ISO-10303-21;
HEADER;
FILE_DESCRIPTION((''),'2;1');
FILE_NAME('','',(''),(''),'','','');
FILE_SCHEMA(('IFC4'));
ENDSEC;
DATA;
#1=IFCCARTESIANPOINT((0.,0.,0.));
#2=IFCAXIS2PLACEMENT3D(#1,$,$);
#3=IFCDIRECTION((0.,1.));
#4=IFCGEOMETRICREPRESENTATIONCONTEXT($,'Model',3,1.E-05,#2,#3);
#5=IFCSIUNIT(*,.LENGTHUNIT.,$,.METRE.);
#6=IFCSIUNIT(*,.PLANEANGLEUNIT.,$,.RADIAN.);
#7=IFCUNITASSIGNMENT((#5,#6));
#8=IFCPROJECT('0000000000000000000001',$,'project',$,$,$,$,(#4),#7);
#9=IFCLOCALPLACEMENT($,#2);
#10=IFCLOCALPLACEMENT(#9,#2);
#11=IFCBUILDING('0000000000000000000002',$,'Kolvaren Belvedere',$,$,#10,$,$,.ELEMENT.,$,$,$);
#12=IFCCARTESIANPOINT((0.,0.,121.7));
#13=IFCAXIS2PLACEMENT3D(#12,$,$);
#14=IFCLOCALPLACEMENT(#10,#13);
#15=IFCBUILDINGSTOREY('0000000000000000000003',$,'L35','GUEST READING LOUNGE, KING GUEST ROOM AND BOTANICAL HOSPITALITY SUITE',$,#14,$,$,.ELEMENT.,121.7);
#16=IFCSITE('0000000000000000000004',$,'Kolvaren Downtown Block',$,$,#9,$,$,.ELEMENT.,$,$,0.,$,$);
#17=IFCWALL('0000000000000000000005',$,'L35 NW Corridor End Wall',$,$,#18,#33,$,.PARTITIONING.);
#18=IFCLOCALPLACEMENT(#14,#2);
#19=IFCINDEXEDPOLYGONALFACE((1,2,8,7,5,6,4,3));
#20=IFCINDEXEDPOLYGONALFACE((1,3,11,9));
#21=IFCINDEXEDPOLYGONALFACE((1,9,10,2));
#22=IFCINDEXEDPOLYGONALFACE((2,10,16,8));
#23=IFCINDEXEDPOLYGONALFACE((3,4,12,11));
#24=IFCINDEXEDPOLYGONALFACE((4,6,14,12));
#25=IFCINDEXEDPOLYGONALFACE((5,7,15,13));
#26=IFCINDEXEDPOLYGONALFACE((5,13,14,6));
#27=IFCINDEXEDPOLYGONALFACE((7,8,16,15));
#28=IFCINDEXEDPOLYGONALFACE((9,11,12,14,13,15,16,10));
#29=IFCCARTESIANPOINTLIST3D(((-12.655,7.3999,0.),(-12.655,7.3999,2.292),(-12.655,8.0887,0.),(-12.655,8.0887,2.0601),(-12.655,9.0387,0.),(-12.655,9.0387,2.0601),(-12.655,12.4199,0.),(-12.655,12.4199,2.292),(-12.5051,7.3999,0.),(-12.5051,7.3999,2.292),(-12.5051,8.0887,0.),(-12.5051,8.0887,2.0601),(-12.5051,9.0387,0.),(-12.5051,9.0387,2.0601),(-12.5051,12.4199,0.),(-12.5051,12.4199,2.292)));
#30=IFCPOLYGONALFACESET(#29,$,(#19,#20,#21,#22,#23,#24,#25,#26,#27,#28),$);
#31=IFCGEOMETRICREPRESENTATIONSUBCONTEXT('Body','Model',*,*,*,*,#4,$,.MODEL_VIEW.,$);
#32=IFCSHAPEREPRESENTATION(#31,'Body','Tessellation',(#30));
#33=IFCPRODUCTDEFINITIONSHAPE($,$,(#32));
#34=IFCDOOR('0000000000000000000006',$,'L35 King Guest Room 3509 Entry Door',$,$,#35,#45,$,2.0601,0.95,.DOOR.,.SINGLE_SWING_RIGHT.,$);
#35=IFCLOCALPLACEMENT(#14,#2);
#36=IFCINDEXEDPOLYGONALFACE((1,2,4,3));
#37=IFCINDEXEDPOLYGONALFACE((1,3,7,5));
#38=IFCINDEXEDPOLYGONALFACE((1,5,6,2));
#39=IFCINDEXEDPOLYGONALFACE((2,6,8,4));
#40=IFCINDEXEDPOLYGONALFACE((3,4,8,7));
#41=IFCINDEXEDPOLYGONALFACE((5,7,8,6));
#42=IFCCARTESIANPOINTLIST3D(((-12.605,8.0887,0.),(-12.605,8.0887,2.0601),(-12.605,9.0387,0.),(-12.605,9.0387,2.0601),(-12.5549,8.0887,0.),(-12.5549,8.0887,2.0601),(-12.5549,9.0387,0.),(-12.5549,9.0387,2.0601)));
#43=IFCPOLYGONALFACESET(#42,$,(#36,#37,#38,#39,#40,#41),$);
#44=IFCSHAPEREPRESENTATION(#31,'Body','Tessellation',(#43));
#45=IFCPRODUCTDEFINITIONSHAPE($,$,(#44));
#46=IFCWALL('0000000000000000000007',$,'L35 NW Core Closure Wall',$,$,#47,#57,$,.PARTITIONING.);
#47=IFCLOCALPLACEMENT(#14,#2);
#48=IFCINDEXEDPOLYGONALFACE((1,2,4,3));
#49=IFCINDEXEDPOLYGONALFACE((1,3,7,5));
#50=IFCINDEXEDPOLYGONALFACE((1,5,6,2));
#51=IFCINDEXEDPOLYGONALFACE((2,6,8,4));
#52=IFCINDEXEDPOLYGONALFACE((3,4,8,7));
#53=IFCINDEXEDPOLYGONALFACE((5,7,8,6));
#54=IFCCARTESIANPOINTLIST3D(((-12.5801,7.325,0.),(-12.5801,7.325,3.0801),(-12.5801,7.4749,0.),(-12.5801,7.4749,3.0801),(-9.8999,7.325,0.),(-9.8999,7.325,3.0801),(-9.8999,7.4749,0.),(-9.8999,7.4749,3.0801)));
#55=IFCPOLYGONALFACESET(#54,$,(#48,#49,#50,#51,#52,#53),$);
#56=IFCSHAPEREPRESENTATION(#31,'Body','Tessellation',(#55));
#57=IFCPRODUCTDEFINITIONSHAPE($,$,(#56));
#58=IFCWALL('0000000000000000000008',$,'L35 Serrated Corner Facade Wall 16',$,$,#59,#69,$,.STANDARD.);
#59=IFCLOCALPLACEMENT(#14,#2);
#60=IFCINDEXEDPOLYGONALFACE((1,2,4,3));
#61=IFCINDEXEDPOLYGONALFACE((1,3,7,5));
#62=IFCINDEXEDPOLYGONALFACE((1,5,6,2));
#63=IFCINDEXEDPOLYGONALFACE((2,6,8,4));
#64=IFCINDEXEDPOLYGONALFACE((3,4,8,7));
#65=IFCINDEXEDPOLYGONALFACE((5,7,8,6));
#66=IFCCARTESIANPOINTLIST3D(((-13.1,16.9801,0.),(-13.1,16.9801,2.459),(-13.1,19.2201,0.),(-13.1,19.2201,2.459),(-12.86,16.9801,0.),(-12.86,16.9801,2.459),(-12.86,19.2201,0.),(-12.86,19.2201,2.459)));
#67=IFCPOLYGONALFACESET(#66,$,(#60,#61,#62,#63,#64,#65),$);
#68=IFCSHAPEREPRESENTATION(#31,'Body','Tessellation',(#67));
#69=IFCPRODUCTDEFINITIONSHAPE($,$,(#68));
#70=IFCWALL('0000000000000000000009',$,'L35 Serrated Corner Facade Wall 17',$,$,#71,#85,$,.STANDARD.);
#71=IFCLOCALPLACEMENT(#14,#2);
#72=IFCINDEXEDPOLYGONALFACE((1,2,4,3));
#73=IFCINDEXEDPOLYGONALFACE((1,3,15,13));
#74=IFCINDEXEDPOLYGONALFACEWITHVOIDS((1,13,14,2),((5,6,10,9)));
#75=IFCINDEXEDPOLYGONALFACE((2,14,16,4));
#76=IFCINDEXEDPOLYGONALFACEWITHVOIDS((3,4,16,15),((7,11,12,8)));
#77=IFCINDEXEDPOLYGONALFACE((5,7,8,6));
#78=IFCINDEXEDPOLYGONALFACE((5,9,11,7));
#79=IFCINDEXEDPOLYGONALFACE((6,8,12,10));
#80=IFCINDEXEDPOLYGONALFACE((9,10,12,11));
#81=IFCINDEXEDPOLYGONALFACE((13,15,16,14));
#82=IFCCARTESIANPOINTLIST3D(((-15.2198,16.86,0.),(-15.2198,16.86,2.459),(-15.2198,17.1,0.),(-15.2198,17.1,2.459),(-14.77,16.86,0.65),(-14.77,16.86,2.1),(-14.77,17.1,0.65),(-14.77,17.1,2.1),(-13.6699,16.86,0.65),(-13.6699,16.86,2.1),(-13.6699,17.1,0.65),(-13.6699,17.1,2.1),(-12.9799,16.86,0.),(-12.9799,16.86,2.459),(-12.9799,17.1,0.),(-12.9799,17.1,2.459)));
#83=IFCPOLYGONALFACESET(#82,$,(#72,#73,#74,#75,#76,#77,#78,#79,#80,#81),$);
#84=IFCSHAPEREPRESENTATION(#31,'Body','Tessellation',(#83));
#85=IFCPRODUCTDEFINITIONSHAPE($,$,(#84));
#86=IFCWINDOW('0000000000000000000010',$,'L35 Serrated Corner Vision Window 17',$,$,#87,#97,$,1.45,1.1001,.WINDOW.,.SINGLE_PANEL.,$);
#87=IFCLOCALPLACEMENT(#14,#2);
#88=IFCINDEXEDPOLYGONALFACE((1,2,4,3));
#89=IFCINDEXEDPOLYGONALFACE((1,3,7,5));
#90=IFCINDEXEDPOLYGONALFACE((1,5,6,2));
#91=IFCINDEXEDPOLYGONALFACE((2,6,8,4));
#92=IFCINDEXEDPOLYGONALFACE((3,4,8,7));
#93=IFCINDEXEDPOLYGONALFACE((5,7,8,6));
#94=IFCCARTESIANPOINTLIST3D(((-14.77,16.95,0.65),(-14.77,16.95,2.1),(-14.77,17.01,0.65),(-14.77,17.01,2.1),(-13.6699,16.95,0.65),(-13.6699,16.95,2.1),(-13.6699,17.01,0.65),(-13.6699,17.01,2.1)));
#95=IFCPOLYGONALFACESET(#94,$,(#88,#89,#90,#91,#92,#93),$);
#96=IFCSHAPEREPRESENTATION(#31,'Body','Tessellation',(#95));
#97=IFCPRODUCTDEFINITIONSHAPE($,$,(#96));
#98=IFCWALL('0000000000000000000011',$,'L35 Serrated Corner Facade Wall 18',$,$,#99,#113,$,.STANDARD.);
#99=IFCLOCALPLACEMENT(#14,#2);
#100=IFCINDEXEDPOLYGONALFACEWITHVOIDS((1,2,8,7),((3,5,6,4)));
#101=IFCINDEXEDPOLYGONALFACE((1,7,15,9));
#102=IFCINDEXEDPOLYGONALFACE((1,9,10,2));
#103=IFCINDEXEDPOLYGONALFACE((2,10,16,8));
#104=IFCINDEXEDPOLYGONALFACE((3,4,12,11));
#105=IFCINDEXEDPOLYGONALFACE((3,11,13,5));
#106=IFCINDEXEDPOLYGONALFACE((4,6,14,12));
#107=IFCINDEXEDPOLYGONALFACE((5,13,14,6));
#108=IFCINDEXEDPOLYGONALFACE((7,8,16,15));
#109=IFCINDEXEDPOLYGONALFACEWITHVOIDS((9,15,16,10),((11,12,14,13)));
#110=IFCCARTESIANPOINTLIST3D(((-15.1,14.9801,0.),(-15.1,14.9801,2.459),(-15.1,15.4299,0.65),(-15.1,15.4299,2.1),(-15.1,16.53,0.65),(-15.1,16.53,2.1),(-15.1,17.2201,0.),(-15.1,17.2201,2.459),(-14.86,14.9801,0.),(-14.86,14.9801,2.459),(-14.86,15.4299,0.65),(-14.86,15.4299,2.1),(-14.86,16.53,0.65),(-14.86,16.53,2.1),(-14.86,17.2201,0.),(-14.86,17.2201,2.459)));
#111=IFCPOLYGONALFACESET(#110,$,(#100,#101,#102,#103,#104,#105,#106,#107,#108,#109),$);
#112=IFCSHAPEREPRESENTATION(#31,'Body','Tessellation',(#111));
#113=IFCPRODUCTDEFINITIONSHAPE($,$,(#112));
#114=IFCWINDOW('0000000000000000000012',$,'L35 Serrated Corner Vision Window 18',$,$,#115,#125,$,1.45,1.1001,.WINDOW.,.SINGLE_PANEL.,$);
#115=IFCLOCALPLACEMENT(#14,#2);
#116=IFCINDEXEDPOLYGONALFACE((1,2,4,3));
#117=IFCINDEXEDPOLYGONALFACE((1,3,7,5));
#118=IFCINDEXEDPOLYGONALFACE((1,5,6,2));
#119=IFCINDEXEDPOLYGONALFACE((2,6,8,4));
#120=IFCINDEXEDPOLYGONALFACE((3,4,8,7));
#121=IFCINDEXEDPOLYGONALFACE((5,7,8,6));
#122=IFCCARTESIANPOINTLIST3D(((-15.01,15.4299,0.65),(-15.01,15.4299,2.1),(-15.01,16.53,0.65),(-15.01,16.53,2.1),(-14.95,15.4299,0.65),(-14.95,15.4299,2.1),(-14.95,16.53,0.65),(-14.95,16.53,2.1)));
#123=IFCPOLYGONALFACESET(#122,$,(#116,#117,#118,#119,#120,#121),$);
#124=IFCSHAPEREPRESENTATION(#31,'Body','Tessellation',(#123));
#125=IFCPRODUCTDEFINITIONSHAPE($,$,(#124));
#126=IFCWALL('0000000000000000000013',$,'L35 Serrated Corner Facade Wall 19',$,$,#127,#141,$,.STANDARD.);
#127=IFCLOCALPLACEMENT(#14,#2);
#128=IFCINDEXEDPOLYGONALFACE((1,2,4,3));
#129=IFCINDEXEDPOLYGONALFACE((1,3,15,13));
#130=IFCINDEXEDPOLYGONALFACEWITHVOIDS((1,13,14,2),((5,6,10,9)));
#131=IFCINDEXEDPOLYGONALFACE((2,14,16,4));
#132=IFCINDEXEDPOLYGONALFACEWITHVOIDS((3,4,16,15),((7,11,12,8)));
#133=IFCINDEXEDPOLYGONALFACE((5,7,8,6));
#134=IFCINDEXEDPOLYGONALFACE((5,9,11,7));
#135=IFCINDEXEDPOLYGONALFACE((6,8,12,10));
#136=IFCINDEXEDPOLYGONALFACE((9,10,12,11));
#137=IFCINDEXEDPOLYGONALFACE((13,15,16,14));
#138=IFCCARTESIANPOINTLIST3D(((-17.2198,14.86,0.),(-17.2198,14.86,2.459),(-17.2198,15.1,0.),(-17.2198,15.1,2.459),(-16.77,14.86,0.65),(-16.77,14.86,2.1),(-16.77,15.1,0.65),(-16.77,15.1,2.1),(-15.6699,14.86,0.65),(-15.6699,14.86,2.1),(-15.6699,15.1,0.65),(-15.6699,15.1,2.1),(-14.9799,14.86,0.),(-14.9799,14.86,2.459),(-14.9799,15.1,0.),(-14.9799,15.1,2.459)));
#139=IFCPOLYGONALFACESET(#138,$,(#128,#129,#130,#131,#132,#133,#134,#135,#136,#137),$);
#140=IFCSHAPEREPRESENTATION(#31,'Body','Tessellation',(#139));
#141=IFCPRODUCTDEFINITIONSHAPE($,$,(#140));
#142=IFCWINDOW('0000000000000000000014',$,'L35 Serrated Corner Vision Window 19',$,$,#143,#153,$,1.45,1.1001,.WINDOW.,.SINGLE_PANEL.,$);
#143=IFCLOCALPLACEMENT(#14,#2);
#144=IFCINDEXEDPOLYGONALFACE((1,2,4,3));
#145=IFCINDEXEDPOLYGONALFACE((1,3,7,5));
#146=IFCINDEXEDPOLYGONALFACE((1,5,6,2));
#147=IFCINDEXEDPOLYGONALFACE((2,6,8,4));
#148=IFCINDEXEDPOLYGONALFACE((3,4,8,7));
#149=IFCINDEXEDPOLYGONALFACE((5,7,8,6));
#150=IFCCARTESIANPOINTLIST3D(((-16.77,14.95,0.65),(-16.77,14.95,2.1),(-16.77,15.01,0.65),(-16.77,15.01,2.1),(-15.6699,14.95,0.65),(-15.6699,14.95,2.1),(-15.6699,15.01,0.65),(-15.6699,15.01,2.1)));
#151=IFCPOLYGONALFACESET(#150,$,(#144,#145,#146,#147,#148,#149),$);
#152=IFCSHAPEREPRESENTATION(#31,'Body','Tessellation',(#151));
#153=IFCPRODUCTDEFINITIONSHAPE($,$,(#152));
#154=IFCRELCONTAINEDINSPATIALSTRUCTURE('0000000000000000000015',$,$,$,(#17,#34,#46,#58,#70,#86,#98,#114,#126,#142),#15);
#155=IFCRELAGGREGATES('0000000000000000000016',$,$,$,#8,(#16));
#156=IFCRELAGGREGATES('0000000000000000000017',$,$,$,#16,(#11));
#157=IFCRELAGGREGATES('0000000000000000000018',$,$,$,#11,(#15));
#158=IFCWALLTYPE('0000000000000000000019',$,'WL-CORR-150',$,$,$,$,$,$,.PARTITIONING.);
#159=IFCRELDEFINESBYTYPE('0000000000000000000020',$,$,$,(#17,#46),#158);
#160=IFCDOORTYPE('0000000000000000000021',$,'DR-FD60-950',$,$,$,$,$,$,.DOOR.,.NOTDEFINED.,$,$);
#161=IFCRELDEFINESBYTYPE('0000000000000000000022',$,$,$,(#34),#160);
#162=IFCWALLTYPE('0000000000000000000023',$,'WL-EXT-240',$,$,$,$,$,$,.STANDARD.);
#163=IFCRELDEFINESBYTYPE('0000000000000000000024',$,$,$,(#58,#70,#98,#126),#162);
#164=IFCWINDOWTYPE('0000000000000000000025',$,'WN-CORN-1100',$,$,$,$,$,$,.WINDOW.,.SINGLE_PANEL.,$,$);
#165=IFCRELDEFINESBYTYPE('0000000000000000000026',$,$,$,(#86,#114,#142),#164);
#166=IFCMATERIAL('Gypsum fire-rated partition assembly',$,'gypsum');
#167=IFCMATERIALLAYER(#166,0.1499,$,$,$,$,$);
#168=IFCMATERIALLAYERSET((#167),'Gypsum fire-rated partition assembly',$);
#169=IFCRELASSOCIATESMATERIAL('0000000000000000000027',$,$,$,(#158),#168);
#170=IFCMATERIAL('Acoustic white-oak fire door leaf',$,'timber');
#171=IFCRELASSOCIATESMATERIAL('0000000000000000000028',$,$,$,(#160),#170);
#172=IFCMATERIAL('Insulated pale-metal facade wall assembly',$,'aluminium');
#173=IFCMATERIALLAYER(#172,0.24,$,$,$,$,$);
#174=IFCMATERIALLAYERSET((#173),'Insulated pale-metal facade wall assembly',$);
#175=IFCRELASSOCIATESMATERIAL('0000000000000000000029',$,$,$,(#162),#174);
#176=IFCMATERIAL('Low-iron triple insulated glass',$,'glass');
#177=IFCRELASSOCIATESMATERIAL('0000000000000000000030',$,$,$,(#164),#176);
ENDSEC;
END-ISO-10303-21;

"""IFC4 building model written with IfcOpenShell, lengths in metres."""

from ifc_helpers import new_model, si_unit, direction, frame, frame_2d, origin, place, context, subcontext, project, spatial, rectangle, extrude, material, layer, layer_set, type_object, element, fill, save


model = new_model("IFC4")

# Units and contexts
model_context = context("Model", 3, precision=1e-05, world=origin(), true_north=direction((0.0, 1.0)))
body_context = subcontext(model_context, "Body", "Model", "MODEL_VIEW")
ifc_project = project(units=[si_unit("LENGTHUNIT", "METRE"), si_unit("PLANEANGLEUNIT", "RADIAN")], contexts=[model_context])

# Site, building, storey
site_placement = place(None, origin())
site = spatial("IfcSite", under=ifc_project, at=site_placement, Name="Kolvaren Downtown Block", CompositionType="ELEMENT", RefElevation=0.0)
building_placement = place(site_placement, origin())
building = spatial("IfcBuilding", under=site, at=building_placement, Name="Kolvaren Belvedere", CompositionType="ELEMENT")
storey_placement = place(building_placement, frame((0.0, 0.0, 121.7)))
storey = spatial("IfcBuildingStorey", under=building, at=storey_placement, Name="L35", Description="GUEST READING LOUNGE, KING GUEST ROOM AND BOTANICAL HOSPITALITY SUITE", CompositionType="ELEMENT", Elevation=121.7)

# Wall, opening, door
ifc_material_1 = material(Name="Gypsum fire-rated partition assembly", Category="gypsum")
ifc_layer_1 = layer(ifc_material_1, 0.1499)
ifc_layer_set_1 = layer_set([ifc_layer_1], Name="Gypsum fire-rated partition assembly")
wall_type_1 = type_object("IfcWallType", Name="WL-CORR-150", PredefinedType="PARTITIONING", material=ifc_layer_set_1)
wall_1_placement = place(storey_placement, frame((-12.5801, 7.3999, 0.0), z_axis=(0.0, 0.0, 1.0), x_axis=(0.0, 1.0, 0.0)))
wall_1 = element("IfcWall", 1, at=wall_1_placement, inside=storey, type_object=wall_type_1, Name="L35 NW Corridor End Wall", PredefinedType="PARTITIONING", context=body_context, shape_type="SweptSolid", body=[
    extrude(rectangle(XDim=5.02, YDim=0.1499, at=frame_2d((2.51, 0.0))), origin(), (0.0, 0.0, 1.0), 2.292),
])
opening_1_placement = place(wall_1_placement, frame((0.6887, 0.0, 0.0)))
opening_1 = element("IfcOpeningElement", 2, at=opening_1_placement, cuts=wall_1, PredefinedType="OPENING", context=body_context, shape_type="SweptSolid", body=[
    extrude(rectangle(XDim=0.95, YDim=2.0601, at=frame_2d((0.4751, 1.03))), frame((0.0, 0.085, 0.0), z_axis=(0.0, -1.0, 0.0), x_axis=(1.0, 0.0, 0.0)), (0.0, 0.0, 1.0), 0.1699),
])
ifc_material_2 = material(Name="Acoustic white-oak fire door leaf", Category="timber")
door_type_1 = type_object("IfcDoorType", Name="DR-FD60-950", OperationType="NOTDEFINED", PredefinedType="DOOR", material=ifc_material_2)
door_1_placement = place(opening_1_placement, origin())
door_1 = element("IfcDoor", 3, at=door_1_placement, inside=storey, type_object=door_type_1, Name="L35 King Guest Room 3509 Entry Door", OperationType="SINGLE_SWING_RIGHT", OverallHeight=2.0601, OverallWidth=0.95, PredefinedType="DOOR", context=body_context, shape_type="SweptSolid", body=[
    extrude(rectangle(XDim=0.95, YDim=2.0601, at=frame_2d((0.4751, 1.03))), frame((0.0, 0.0249, 0.0), z_axis=(0.0, -1.0, 0.0), x_axis=(1.0, 0.0, 0.0)), (0.0, 0.0, 1.0), 0.05),
])
fill(opening_1, door_1)

# Walls
wall_2_placement = place(storey_placement, frame((-12.5801, 7.3999, 0.0), z_axis=(0.0, 0.0, 1.0), x_axis=(1.0, 0.0, 0.0)))
element("IfcWall", 4, at=wall_2_placement, inside=storey, type_object=wall_type_1, Name="L35 NW Core Closure Wall", PredefinedType="PARTITIONING", context=body_context, shape_type="SweptSolid", body=[
    extrude(rectangle(XDim=2.6802, YDim=0.1499, at=frame_2d((1.3401, 0.0))), origin(), (0.0, 0.0, 1.0), 3.0801),
])
ifc_material_3 = material(Name="Insulated pale-metal facade wall assembly", Category="aluminium")
ifc_layer_2 = layer(ifc_material_3, 0.24)
ifc_layer_set_2 = layer_set([ifc_layer_2], Name="Insulated pale-metal facade wall assembly")
wall_type_2 = type_object("IfcWallType", Name="WL-EXT-240", PredefinedType="STANDARD", material=ifc_layer_set_2)
wall_3_placement = place(storey_placement, frame((-12.98, 16.98, 0.0), z_axis=(0.0, 0.0, 1.0), x_axis=(0.0, 1.0, 0.0)))
element("IfcWall", 5, at=wall_3_placement, inside=storey, type_object=wall_type_2, Name="L35 Serrated Corner Facade Wall 16", PredefinedType="STANDARD", context=body_context, shape_type="SweptSolid", body=[
    extrude(rectangle(XDim=2.24, YDim=0.24, at=frame_2d((1.1201, 0.0))), origin(), (0.0, 0.0, 1.0), 2.459),
])

# Walls, openings, windows
wall_4_placement = place(storey_placement, frame((-15.22, 16.98, 0.0), z_axis=(0.0, 0.0, 1.0), x_axis=(1.0, 0.0, 0.0)))
wall_4 = element("IfcWall", 6, at=wall_4_placement, inside=storey, type_object=wall_type_2, Name="L35 Serrated Corner Facade Wall 17", PredefinedType="STANDARD", context=body_context, shape_type="SweptSolid", body=[
    extrude(rectangle(XDim=2.24, YDim=0.24, at=frame_2d((1.1201, 0.0))), origin(), (0.0, 0.0, 1.0), 2.459),
])
opening_2_placement = place(wall_4_placement, frame((0.45, 0.0, 0.6499)))
opening_2 = element("IfcOpeningElement", 7, at=opening_2_placement, cuts=wall_4, PredefinedType="OPENING", context=body_context, shape_type="SweptSolid", body=[
    extrude(rectangle(XDim=1.1001, YDim=1.45, at=frame_2d((0.55, 0.7251))), frame((0.0, 0.1299, 0.0), z_axis=(0.0, -1.0, 0.0), x_axis=(1.0, 0.0, 0.0)), (0.0, 0.0, 1.0), 0.26),
])
ifc_material_4 = material(Name="Low-iron triple insulated glass", Category="glass")
window_type = type_object("IfcWindowType", Name="WN-CORN-1100", PartitioningType="SINGLE_PANEL", PredefinedType="WINDOW", material=ifc_material_4)
window_1_placement = place(opening_2_placement, origin())
window_1 = element("IfcWindow", 8, at=window_1_placement, inside=storey, type_object=window_type, Name="L35 Serrated Corner Vision Window 17", OverallHeight=1.45, OverallWidth=1.1001, PartitioningType="SINGLE_PANEL", PredefinedType="WINDOW", context=body_context, shape_type="SweptSolid", body=[
    extrude(rectangle(XDim=1.1001, YDim=1.45, at=frame_2d((0.55, 0.7251))), frame((0.0, 0.03, 0.0), z_axis=(0.0, -1.0, 0.0), x_axis=(1.0, 0.0, 0.0)), (0.0, 0.0, 1.0), 0.0601),
])
fill(opening_2, window_1)
wall_5_placement = place(storey_placement, frame((-14.98, 14.98, 0.0), z_axis=(0.0, 0.0, 1.0), x_axis=(0.0, 1.0, 0.0)))
wall_5 = element("IfcWall", 9, at=wall_5_placement, inside=storey, type_object=wall_type_2, Name="L35 Serrated Corner Facade Wall 18", PredefinedType="STANDARD", context=body_context, shape_type="SweptSolid", body=[
    extrude(rectangle(XDim=2.24, YDim=0.24, at=frame_2d((1.1201, 0.0))), origin(), (0.0, 0.0, 1.0), 2.459),
])
opening_3_placement = place(wall_5_placement, frame((0.45, 0.0, 0.6499)))
opening_3 = element("IfcOpeningElement", 10, at=opening_3_placement, cuts=wall_5, PredefinedType="OPENING", context=body_context, shape_type="SweptSolid", body=[
    extrude(rectangle(XDim=1.1001, YDim=1.45, at=frame_2d((0.55, 0.7251))), frame((0.0, 0.1299, 0.0), z_axis=(0.0, -1.0, 0.0), x_axis=(1.0, 0.0, 0.0)), (0.0, 0.0, 1.0), 0.26),
])
window_2_placement = place(opening_3_placement, origin())
window_2 = element("IfcWindow", 11, at=window_2_placement, inside=storey, type_object=window_type, Name="L35 Serrated Corner Vision Window 18", OverallHeight=1.45, OverallWidth=1.1001, PartitioningType="SINGLE_PANEL", PredefinedType="WINDOW", context=body_context, shape_type="SweptSolid", body=[
    extrude(rectangle(XDim=1.1001, YDim=1.45, at=frame_2d((0.55, 0.7251))), frame((0.0, 0.03, 0.0), z_axis=(0.0, -1.0, 0.0), x_axis=(1.0, 0.0, 0.0)), (0.0, 0.0, 1.0), 0.0601),
])
fill(opening_3, window_2)
wall_6_placement = place(storey_placement, frame((-17.22, 14.98, 0.0), z_axis=(0.0, 0.0, 1.0), x_axis=(1.0, 0.0, 0.0)))
wall_6 = element("IfcWall", 12, at=wall_6_placement, inside=storey, type_object=wall_type_2, Name="L35 Serrated Corner Facade Wall 19", PredefinedType="STANDARD", context=body_context, shape_type="SweptSolid", body=[
    extrude(rectangle(XDim=2.24, YDim=0.24, at=frame_2d((1.1201, 0.0))), origin(), (0.0, 0.0, 1.0), 2.459),
])
opening_4_placement = place(wall_6_placement, frame((0.45, 0.0, 0.6499)))
opening_4 = element("IfcOpeningElement", 13, at=opening_4_placement, cuts=wall_6, PredefinedType="OPENING", context=body_context, shape_type="SweptSolid", body=[
    extrude(rectangle(XDim=1.1001, YDim=1.45, at=frame_2d((0.55, 0.7251))), frame((0.0, 0.1299, 0.0), z_axis=(0.0, -1.0, 0.0), x_axis=(1.0, 0.0, 0.0)), (0.0, 0.0, 1.0), 0.26),
])
window_3_placement = place(opening_4_placement, origin())
window_3 = element("IfcWindow", 14, at=window_3_placement, inside=storey, type_object=window_type, Name="L35 Serrated Corner Vision Window 19", OverallHeight=1.45, OverallWidth=1.1001, PartitioningType="SINGLE_PANEL", PredefinedType="WINDOW", context=body_context, shape_type="SweptSolid", body=[
    extrude(rectangle(XDim=1.1001, YDim=1.45, at=frame_2d((0.55, 0.7251))), frame((0.0, 0.03, 0.0), z_axis=(0.0, -1.0, 0.0), x_axis=(1.0, 0.0, 0.0)), (0.0, 0.0, 1.0), 0.0601),
])
fill(opening_4, window_3)

save(model, "model.ifc")
